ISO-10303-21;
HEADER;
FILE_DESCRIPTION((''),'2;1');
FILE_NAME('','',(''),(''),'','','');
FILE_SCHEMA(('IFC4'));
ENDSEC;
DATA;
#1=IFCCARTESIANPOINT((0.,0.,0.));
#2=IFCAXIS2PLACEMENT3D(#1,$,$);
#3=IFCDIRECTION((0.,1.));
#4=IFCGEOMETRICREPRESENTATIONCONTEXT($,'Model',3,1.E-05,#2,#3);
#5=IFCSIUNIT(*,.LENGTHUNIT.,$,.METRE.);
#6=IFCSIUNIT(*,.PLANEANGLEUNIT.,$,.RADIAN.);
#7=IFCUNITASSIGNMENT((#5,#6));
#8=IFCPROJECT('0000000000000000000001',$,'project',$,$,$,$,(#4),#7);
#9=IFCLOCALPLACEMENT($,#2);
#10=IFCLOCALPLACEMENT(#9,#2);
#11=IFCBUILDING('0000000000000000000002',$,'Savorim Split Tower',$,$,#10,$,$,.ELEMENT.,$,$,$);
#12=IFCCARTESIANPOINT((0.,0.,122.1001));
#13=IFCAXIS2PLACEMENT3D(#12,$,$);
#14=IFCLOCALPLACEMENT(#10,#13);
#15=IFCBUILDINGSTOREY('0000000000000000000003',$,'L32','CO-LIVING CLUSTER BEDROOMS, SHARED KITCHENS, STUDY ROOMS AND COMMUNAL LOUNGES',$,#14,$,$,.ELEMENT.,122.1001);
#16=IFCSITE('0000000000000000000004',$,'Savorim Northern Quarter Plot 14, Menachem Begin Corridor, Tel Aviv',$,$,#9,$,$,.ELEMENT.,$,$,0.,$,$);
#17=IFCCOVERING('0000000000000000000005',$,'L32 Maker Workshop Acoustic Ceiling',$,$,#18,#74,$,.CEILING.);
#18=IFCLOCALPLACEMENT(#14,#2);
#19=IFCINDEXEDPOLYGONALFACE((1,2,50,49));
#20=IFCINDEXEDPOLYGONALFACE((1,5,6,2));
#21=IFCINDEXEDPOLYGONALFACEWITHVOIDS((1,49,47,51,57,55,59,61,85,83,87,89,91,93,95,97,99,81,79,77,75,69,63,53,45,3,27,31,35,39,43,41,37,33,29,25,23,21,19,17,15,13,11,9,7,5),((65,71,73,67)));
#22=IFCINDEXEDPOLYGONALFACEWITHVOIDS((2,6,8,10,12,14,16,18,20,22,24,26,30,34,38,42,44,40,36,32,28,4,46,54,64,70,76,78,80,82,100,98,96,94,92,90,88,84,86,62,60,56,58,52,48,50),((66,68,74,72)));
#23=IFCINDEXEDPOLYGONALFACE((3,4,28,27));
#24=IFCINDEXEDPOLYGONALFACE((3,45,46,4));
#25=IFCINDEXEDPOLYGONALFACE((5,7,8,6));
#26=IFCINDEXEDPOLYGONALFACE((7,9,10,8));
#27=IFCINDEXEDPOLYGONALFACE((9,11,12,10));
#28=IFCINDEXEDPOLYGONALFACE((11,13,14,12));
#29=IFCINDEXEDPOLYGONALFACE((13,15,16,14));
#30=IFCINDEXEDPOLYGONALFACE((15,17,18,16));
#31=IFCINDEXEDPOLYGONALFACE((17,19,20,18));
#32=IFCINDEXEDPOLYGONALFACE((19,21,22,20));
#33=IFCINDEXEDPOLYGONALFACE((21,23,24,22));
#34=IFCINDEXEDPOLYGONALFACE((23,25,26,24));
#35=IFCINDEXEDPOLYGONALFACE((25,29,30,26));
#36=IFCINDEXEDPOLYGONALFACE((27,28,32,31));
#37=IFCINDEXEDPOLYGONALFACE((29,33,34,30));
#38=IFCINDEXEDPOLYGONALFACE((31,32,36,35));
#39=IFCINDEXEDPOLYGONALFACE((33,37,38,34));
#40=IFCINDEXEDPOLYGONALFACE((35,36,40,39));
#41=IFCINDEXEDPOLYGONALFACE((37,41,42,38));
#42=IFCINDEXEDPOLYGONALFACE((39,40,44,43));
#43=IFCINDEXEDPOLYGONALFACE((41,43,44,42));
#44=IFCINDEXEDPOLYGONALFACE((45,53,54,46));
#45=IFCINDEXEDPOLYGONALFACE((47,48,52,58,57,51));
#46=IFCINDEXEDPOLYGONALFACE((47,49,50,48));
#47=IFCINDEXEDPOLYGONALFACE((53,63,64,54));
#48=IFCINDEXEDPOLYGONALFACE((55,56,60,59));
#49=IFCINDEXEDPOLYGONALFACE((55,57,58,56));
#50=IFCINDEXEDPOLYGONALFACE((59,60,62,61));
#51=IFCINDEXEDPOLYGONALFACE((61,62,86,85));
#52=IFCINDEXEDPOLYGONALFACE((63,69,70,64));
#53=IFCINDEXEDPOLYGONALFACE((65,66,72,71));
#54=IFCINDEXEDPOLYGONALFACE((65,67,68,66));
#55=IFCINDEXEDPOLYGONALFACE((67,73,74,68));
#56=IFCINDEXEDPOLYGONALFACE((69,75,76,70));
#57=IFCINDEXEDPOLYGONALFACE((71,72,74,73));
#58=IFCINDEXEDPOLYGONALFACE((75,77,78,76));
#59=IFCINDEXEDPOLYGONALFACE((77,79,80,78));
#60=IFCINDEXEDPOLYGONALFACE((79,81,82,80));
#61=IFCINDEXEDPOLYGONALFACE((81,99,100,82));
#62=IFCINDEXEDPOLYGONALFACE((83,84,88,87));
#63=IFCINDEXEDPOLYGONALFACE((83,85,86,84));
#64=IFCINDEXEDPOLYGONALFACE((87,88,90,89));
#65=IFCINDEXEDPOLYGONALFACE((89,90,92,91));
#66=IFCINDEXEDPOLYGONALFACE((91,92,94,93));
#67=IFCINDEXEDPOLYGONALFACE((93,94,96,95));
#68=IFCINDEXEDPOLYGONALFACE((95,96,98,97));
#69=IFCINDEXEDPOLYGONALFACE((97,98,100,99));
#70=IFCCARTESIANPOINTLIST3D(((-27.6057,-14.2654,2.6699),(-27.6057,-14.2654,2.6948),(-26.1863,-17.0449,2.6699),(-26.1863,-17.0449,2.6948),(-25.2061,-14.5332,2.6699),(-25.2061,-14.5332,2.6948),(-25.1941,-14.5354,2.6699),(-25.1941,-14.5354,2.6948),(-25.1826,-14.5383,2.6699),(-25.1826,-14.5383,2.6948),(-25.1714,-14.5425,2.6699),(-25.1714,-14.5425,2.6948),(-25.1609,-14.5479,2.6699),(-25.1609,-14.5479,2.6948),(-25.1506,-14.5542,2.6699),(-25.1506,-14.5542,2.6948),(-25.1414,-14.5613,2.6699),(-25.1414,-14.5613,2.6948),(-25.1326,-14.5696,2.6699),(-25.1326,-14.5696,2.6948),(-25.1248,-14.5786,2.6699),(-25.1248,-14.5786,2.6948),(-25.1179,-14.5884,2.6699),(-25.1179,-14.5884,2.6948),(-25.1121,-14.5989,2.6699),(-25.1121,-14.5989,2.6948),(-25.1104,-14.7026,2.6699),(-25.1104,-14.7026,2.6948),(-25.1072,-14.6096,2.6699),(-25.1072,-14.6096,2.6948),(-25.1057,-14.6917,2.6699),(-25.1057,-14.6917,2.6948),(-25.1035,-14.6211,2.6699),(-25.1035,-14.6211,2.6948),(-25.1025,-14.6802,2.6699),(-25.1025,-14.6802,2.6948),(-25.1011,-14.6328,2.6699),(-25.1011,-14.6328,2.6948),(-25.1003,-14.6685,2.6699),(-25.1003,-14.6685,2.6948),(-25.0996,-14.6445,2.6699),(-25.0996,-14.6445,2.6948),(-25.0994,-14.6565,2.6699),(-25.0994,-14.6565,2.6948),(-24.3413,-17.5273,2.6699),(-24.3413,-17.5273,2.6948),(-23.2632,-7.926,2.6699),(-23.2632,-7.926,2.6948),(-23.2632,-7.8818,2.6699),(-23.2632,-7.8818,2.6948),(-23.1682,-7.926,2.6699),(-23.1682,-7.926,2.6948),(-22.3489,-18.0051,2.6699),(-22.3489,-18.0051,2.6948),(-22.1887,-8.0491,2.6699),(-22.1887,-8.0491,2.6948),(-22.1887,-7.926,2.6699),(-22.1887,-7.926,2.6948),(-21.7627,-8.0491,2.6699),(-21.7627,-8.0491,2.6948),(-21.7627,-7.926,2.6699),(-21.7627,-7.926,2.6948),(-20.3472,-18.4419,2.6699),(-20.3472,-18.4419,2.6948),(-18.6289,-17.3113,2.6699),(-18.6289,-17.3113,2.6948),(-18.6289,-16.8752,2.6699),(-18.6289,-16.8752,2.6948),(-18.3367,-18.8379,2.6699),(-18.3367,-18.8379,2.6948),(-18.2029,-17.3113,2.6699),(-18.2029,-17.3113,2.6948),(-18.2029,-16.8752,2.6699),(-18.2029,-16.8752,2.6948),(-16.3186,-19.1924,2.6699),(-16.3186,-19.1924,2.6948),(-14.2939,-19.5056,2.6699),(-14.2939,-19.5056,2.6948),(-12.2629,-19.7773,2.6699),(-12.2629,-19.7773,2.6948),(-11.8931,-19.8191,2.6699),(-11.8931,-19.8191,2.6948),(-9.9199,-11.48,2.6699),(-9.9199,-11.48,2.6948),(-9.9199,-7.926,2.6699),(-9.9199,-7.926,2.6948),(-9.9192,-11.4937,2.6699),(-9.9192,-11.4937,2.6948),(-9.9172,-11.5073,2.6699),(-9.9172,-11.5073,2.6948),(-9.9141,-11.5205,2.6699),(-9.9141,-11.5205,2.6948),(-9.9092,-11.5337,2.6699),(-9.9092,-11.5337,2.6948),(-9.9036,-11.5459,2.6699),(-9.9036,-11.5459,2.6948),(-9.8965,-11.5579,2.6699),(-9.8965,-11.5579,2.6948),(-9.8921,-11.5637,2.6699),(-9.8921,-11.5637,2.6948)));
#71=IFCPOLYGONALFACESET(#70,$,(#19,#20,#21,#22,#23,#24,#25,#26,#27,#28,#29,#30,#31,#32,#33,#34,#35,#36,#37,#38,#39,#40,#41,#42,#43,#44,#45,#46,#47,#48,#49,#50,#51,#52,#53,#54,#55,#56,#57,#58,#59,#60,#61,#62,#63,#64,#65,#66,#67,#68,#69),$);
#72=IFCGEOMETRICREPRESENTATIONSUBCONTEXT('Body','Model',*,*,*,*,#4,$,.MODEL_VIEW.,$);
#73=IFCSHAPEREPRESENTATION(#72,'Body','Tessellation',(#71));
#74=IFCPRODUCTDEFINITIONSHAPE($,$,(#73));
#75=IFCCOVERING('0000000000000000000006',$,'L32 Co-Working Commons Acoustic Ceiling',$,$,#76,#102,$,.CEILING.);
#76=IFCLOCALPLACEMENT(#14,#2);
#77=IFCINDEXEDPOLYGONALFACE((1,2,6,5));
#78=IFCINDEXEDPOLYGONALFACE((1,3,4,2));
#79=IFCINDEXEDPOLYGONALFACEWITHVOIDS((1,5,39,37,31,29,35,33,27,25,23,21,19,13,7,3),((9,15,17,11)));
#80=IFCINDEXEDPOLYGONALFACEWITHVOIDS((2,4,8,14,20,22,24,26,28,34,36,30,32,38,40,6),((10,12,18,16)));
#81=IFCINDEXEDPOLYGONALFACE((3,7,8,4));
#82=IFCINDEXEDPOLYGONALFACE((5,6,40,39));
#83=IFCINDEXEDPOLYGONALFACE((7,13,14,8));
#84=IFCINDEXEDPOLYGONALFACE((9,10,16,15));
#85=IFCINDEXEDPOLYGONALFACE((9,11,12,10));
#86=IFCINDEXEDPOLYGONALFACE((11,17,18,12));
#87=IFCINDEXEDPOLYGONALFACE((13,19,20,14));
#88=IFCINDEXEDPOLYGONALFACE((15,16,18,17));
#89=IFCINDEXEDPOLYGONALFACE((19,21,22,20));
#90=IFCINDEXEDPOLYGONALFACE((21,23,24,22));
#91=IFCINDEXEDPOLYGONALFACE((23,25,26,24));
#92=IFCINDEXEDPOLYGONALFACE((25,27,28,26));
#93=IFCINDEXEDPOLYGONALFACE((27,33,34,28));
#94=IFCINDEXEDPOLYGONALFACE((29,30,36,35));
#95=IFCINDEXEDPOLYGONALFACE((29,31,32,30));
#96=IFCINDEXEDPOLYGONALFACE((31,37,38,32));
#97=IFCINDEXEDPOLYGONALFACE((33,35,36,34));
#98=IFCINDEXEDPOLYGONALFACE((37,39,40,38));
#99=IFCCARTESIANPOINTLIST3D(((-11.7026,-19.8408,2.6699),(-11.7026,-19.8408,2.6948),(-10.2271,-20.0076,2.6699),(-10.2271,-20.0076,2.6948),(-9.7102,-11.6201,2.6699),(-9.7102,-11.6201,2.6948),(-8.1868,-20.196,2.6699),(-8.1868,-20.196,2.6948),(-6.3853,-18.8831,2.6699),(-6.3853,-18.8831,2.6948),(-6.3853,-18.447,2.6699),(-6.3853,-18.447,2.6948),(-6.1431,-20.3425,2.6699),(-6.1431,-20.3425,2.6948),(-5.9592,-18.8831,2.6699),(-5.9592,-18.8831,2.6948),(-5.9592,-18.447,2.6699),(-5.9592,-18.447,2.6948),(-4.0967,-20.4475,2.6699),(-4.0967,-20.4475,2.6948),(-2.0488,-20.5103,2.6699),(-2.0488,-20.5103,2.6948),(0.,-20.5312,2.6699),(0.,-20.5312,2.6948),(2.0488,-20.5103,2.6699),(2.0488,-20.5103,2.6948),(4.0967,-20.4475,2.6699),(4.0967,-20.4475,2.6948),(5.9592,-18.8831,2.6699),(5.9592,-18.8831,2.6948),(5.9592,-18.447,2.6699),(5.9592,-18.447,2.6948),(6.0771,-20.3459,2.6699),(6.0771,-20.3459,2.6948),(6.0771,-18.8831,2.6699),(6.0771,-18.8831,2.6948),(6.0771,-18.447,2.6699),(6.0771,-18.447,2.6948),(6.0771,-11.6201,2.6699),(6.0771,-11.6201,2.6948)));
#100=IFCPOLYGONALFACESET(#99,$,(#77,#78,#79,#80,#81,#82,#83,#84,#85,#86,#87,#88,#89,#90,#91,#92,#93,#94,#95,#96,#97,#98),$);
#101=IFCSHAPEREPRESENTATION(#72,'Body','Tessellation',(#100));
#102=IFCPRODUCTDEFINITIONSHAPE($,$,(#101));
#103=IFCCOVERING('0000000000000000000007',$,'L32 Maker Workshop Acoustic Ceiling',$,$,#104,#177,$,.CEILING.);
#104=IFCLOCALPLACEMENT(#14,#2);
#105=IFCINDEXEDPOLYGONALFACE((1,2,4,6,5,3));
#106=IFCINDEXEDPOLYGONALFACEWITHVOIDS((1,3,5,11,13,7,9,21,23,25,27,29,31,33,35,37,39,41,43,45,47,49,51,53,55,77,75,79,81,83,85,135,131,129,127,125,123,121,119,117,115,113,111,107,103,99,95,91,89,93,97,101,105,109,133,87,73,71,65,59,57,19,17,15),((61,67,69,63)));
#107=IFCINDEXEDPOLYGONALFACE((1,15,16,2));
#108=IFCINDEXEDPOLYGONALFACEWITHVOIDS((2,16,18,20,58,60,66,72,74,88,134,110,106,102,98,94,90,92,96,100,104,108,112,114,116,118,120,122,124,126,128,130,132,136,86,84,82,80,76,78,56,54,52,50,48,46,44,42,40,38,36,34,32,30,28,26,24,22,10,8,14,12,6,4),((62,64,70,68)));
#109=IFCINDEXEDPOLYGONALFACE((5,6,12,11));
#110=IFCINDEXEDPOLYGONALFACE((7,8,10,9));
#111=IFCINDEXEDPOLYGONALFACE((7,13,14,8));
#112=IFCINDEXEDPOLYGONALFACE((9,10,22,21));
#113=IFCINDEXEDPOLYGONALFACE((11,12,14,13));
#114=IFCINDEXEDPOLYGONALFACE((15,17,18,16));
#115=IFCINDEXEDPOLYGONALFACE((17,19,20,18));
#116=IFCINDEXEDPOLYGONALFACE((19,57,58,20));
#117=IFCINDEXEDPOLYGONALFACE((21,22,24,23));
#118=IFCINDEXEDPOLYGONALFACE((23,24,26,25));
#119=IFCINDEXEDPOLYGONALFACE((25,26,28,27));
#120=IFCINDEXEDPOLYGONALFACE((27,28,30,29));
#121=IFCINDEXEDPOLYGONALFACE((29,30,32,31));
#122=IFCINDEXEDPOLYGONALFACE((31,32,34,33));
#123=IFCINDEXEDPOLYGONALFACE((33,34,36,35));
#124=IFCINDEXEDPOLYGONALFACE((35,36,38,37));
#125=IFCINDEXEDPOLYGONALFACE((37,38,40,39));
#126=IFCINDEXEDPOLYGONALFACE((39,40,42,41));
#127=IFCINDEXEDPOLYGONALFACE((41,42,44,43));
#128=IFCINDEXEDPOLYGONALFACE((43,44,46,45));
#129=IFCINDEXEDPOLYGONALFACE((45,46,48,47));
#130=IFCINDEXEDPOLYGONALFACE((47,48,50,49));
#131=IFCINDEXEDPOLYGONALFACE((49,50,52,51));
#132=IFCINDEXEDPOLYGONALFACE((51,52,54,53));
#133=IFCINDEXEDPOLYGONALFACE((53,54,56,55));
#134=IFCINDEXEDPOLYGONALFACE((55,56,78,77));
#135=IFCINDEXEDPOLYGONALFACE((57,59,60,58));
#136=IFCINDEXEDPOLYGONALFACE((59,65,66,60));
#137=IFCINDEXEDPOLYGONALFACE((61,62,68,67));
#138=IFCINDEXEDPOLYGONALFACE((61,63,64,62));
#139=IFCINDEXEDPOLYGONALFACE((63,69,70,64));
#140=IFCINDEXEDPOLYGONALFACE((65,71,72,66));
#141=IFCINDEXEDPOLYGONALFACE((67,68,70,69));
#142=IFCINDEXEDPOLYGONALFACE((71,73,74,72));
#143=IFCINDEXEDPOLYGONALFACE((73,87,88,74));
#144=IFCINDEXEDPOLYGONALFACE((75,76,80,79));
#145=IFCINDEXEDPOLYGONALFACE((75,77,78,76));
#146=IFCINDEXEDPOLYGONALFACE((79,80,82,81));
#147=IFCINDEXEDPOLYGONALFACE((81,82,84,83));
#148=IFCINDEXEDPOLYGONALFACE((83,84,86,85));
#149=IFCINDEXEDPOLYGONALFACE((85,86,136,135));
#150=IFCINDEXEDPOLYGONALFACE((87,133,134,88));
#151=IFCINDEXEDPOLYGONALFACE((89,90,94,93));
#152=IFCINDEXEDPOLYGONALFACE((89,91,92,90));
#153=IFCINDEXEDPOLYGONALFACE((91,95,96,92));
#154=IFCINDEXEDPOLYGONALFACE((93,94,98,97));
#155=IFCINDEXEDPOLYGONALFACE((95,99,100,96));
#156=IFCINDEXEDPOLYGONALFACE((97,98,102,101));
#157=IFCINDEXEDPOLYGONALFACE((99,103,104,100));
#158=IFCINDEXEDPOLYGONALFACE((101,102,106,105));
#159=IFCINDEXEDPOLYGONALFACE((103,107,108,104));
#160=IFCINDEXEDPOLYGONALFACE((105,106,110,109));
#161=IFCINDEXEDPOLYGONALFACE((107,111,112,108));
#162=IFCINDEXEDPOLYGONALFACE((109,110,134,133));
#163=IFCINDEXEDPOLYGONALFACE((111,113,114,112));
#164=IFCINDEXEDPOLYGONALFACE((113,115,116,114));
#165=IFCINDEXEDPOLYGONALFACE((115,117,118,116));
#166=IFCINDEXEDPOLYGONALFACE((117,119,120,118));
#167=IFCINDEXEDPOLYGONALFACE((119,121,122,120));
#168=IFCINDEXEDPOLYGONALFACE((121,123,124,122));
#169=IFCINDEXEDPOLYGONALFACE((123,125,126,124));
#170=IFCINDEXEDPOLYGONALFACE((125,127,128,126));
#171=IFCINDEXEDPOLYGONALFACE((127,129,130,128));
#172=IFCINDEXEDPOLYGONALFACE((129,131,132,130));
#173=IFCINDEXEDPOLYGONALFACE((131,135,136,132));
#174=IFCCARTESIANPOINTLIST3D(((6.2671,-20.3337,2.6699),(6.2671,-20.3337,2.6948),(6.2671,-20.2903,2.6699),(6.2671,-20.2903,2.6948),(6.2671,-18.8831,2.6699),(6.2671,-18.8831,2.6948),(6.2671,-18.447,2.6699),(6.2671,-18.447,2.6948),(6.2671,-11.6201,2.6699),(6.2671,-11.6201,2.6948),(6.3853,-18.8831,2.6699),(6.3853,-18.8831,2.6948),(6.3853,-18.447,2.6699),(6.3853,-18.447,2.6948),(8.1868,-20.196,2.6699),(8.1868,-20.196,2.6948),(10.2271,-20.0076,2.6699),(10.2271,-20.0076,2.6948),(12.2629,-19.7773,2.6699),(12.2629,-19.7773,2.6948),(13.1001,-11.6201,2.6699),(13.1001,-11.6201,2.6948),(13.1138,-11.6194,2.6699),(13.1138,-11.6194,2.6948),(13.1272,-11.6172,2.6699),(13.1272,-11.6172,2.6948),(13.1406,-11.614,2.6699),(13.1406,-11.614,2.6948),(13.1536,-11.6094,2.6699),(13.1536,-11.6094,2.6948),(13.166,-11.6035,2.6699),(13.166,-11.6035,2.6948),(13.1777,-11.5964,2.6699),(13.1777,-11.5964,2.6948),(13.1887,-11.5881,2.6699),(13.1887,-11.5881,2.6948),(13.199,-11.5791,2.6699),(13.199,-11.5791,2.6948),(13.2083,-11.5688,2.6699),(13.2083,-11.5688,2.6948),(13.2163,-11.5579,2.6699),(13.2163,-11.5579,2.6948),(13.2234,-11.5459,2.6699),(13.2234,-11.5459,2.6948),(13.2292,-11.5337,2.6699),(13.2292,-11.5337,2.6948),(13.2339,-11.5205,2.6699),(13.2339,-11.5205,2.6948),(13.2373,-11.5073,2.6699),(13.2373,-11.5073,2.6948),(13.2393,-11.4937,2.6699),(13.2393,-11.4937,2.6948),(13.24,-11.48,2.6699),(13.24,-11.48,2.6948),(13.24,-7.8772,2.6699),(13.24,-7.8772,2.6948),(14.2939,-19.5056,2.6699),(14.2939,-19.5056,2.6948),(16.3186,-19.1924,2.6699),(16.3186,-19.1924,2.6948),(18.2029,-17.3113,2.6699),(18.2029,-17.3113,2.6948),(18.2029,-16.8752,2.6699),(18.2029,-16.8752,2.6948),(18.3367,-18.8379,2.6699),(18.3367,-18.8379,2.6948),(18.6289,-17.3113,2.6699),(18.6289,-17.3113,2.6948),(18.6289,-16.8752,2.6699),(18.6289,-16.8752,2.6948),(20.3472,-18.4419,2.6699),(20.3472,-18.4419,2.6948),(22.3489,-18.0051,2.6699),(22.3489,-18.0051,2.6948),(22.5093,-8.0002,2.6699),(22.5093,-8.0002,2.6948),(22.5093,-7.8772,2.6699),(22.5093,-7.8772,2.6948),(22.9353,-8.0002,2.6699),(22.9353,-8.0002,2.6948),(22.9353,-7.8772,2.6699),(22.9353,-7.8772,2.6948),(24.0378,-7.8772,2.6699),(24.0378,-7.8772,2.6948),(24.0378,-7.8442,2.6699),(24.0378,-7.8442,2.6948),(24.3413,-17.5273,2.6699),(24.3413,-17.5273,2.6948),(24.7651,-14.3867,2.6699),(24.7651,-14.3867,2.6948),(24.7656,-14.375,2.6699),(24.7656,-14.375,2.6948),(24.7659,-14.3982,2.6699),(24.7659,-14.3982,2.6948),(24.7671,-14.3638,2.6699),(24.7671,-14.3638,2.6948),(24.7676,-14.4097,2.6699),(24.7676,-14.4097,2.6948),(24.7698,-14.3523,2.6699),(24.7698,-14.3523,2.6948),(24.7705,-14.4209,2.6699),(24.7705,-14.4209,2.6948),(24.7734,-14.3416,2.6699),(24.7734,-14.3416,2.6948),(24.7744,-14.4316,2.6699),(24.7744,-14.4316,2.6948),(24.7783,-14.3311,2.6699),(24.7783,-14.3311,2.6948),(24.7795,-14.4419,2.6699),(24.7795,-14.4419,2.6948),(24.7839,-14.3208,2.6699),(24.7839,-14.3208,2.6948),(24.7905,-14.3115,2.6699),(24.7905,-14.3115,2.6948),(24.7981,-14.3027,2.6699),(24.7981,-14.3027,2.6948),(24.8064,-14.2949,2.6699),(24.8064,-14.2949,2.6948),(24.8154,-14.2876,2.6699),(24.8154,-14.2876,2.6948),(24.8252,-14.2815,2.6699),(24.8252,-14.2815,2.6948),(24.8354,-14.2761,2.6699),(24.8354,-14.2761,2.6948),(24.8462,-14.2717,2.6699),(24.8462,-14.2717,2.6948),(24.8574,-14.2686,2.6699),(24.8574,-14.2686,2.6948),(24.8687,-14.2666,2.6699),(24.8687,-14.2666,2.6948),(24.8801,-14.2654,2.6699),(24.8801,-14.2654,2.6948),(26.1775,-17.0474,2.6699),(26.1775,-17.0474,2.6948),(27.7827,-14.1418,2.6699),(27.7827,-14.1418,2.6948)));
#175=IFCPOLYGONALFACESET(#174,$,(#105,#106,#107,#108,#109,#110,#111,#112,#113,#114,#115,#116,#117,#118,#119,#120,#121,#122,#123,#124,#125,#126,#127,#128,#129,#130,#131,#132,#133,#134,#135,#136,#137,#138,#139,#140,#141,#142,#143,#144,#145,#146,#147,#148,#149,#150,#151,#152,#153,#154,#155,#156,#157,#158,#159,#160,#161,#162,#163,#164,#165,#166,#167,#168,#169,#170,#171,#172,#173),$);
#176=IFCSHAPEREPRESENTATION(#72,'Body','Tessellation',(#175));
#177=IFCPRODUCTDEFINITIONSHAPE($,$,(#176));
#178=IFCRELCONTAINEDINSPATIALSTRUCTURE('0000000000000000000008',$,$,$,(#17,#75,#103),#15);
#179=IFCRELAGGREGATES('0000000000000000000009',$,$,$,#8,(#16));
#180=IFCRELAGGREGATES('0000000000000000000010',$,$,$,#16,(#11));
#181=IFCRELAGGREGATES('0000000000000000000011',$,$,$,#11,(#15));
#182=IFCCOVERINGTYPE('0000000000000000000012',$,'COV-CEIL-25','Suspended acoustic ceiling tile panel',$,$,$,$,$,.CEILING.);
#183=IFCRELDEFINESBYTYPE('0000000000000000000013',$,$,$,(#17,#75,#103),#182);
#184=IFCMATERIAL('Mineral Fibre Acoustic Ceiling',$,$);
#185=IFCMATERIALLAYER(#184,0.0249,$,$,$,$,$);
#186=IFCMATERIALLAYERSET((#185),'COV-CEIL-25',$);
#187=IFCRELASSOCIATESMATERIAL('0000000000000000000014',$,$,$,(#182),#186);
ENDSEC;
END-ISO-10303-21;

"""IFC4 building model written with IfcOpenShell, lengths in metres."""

from ifc_helpers import new_model, si_unit, direction, frame, origin, place, context, subcontext, project, spatial, polyline, outline, extrude, material, layer, layer_set, type_object, element, save


model = new_model("IFC4")

# Units and contexts
model_context = context("Model", 3, precision=1e-05, world=origin(), true_north=direction((0.0, 1.0)))
body_context = subcontext(model_context, "Body", "Model", "MODEL_VIEW")
ifc_project = project(units=[si_unit("LENGTHUNIT", "METRE"), si_unit("PLANEANGLEUNIT", "RADIAN")], contexts=[model_context])

# Site, building, storey
site_placement = place(None, origin())
site = spatial("IfcSite", under=ifc_project, at=site_placement, Name="Savorim Northern Quarter Plot 14, Menachem Begin Corridor, Tel Aviv", CompositionType="ELEMENT", RefElevation=0.0)
building_placement = place(site_placement, origin())
building = spatial("IfcBuilding", under=site, at=building_placement, Name="Savorim Split Tower", CompositionType="ELEMENT")
storey_placement = place(building_placement, frame((0.0, 0.0, 122.1001)))
storey = spatial("IfcBuildingStorey", under=building, at=storey_placement, Name="L32", Description="CO-LIVING CLUSTER BEDROOMS, SHARED KITCHENS, STUDY ROOMS AND COMMUNAL LOUNGES", CompositionType="ELEMENT", Elevation=122.1001)

# Coverings
ifc_material_1 = material(Name="Mineral Fibre Acoustic Ceiling")
ifc_layer_1 = layer(ifc_material_1, 0.0249)
ifc_layer_set_1 = layer_set([ifc_layer_1], Name="COV-CEIL-25")
covering_type_1 = type_object("IfcCoveringType", Name="COV-CEIL-25", Description="Suspended acoustic ceiling tile panel", PredefinedType="CEILING", material=ifc_layer_set_1)
covering_1_placement = place(storey_placement, frame((0.0, 0.0, 2.6699)))
element("IfcCovering", 1, at=covering_1_placement, inside=storey, type_object=covering_type_1, Name="L32 Maker Workshop Acoustic Ceiling", PredefinedType="CEILING", context=body_context, shape_type="SweptSolid", body=[
    extrude(outline(polyline([(-25.0996, -14.6445), (-25.0994, -14.6565), (-25.1003, -14.6685), (-25.1025, -14.6802), (-25.1057, -14.6917), (-25.1104, -14.7026), (-26.1863, -17.0449), (-24.3413, -17.5273), (-22.3489, -18.0051), (-20.3472, -18.4419), (-18.3367, -18.8379), (-16.3186, -19.1924), (-14.2939, -19.5056), (-12.2629, -19.7773), (-11.8931, -19.8191), (-9.8921, -11.5637), (-9.8965, -11.5579), (-9.9036, -11.5459), (-9.9092, -11.5337), (-9.9141, -11.5205), (-9.9172, -11.5073), (-9.9192, -11.4937), (-9.9199, -11.48), (-9.9199, -7.926), (-21.7627, -7.926), (-21.7627, -8.0491), (-22.1887, -8.0491), (-22.1887, -7.926), (-23.1682, -7.926), (-23.2632, -7.926), (-23.2632, -7.8818), (-27.6057, -14.2654), (-25.2061, -14.5332), (-25.1941, -14.5354), (-25.1826, -14.5383), (-25.1714, -14.5425), (-25.1609, -14.5479), (-25.1506, -14.5542), (-25.1414, -14.5613), (-25.1326, -14.5696), (-25.1248, -14.5786), (-25.1179, -14.5884), (-25.1121, -14.5989), (-25.1072, -14.6096), (-25.1035, -14.6211), (-25.1011, -14.6328), (-25.0996, -14.6445)]), holes=[polyline([(-18.6289, -17.3113), (-18.2029, -17.3113), (-18.2029, -16.8752), (-18.6289, -16.8752), (-18.6289, -17.3113)])]), origin(), (0.0, 0.0, 1.0), 0.0249),
])
covering_2_placement = place(storey_placement, frame((0.0, 0.0, 2.6699)))
element("IfcCovering", 2, at=covering_2_placement, inside=storey, type_object=covering_type_1, Name="L32 Co-Working Commons Acoustic Ceiling", PredefinedType="CEILING", context=body_context, shape_type="SweptSolid", body=[
    extrude(outline(polyline([(5.9592, -18.447), (6.0771, -18.447), (6.0771, -11.6201), (-9.7102, -11.6201), (-11.7026, -19.8408), (-10.2271, -20.0076), (-8.1868, -20.196), (-6.1431, -20.3425), (-4.0967, -20.4475), (-2.0488, -20.5103), (0.0, -20.5312), (2.0488, -20.5103), (4.0967, -20.4475), (6.0771, -20.3459), (6.0771, -18.8831), (5.9592, -18.8831), (5.9592, -18.447)]), holes=[polyline([(-6.3853, -18.8831), (-5.9592, -18.8831), (-5.9592, -18.447), (-6.3853, -18.447), (-6.3853, -18.8831)])]), origin(), (0.0, 0.0, 1.0), 0.0249),
])
covering_3_placement = place(storey_placement, frame((0.0, 0.0, 2.6699)))
element("IfcCovering", 3, at=covering_3_placement, inside=storey, type_object=covering_type_1, Name="L32 Maker Workshop Acoustic Ceiling", PredefinedType="CEILING", context=body_context, shape_type="SweptSolid", body=[
    extrude(outline(polyline([(24.8574, -14.2686), (24.8687, -14.2666), (24.8801, -14.2654), (27.7827, -14.1418), (24.0378, -7.8442), (24.0378, -7.8772), (22.9353, -7.8772), (22.9353, -8.0002), (22.5093, -8.0002), (22.5093, -7.8772), (13.24, -7.8772), (13.24, -11.48), (13.2393, -11.4937), (13.2373, -11.5073), (13.2339, -11.5205), (13.2292, -11.5337), (13.2234, -11.5459), (13.2163, -11.5579), (13.2083, -11.5688), (13.199, -11.5791), (13.1887, -11.5881), (13.1777, -11.5964), (13.166, -11.6035), (13.1536, -11.6094), (13.1406, -11.614), (13.1272, -11.6172), (13.1138, -11.6194), (13.1001, -11.6201), (6.2671, -11.6201), (6.2671, -18.447), (6.3853, -18.447), (6.3853, -18.8831), (6.2671, -18.8831), (6.2671, -20.2903), (6.2671, -20.3337), (8.1868, -20.196), (10.2271, -20.0076), (12.2629, -19.7773), (14.2939, -19.5056), (16.3186, -19.1924), (18.3367, -18.8379), (20.3472, -18.4419), (22.3489, -18.0051), (24.3413, -17.5273), (26.1775, -17.0474), (24.7795, -14.4419), (24.7744, -14.4316), (24.7705, -14.4209), (24.7676, -14.4097), (24.7659, -14.3982), (24.7651, -14.3867), (24.7656, -14.375), (24.7671, -14.3638), (24.7698, -14.3523), (24.7734, -14.3416), (24.7783, -14.3311), (24.7839, -14.3208), (24.7905, -14.3115), (24.7981, -14.3027), (24.8064, -14.2949), (24.8154, -14.2876), (24.8252, -14.2815), (24.8354, -14.2761), (24.8462, -14.2717), (24.8574, -14.2686)]), holes=[polyline([(18.6289, -17.3113), (18.6289, -16.8752), (18.2029, -16.8752), (18.2029, -17.3113), (18.6289, -17.3113)])]), origin(), (0.0, 0.0, 1.0), 0.0249),
])

save(model, "model.ifc")
